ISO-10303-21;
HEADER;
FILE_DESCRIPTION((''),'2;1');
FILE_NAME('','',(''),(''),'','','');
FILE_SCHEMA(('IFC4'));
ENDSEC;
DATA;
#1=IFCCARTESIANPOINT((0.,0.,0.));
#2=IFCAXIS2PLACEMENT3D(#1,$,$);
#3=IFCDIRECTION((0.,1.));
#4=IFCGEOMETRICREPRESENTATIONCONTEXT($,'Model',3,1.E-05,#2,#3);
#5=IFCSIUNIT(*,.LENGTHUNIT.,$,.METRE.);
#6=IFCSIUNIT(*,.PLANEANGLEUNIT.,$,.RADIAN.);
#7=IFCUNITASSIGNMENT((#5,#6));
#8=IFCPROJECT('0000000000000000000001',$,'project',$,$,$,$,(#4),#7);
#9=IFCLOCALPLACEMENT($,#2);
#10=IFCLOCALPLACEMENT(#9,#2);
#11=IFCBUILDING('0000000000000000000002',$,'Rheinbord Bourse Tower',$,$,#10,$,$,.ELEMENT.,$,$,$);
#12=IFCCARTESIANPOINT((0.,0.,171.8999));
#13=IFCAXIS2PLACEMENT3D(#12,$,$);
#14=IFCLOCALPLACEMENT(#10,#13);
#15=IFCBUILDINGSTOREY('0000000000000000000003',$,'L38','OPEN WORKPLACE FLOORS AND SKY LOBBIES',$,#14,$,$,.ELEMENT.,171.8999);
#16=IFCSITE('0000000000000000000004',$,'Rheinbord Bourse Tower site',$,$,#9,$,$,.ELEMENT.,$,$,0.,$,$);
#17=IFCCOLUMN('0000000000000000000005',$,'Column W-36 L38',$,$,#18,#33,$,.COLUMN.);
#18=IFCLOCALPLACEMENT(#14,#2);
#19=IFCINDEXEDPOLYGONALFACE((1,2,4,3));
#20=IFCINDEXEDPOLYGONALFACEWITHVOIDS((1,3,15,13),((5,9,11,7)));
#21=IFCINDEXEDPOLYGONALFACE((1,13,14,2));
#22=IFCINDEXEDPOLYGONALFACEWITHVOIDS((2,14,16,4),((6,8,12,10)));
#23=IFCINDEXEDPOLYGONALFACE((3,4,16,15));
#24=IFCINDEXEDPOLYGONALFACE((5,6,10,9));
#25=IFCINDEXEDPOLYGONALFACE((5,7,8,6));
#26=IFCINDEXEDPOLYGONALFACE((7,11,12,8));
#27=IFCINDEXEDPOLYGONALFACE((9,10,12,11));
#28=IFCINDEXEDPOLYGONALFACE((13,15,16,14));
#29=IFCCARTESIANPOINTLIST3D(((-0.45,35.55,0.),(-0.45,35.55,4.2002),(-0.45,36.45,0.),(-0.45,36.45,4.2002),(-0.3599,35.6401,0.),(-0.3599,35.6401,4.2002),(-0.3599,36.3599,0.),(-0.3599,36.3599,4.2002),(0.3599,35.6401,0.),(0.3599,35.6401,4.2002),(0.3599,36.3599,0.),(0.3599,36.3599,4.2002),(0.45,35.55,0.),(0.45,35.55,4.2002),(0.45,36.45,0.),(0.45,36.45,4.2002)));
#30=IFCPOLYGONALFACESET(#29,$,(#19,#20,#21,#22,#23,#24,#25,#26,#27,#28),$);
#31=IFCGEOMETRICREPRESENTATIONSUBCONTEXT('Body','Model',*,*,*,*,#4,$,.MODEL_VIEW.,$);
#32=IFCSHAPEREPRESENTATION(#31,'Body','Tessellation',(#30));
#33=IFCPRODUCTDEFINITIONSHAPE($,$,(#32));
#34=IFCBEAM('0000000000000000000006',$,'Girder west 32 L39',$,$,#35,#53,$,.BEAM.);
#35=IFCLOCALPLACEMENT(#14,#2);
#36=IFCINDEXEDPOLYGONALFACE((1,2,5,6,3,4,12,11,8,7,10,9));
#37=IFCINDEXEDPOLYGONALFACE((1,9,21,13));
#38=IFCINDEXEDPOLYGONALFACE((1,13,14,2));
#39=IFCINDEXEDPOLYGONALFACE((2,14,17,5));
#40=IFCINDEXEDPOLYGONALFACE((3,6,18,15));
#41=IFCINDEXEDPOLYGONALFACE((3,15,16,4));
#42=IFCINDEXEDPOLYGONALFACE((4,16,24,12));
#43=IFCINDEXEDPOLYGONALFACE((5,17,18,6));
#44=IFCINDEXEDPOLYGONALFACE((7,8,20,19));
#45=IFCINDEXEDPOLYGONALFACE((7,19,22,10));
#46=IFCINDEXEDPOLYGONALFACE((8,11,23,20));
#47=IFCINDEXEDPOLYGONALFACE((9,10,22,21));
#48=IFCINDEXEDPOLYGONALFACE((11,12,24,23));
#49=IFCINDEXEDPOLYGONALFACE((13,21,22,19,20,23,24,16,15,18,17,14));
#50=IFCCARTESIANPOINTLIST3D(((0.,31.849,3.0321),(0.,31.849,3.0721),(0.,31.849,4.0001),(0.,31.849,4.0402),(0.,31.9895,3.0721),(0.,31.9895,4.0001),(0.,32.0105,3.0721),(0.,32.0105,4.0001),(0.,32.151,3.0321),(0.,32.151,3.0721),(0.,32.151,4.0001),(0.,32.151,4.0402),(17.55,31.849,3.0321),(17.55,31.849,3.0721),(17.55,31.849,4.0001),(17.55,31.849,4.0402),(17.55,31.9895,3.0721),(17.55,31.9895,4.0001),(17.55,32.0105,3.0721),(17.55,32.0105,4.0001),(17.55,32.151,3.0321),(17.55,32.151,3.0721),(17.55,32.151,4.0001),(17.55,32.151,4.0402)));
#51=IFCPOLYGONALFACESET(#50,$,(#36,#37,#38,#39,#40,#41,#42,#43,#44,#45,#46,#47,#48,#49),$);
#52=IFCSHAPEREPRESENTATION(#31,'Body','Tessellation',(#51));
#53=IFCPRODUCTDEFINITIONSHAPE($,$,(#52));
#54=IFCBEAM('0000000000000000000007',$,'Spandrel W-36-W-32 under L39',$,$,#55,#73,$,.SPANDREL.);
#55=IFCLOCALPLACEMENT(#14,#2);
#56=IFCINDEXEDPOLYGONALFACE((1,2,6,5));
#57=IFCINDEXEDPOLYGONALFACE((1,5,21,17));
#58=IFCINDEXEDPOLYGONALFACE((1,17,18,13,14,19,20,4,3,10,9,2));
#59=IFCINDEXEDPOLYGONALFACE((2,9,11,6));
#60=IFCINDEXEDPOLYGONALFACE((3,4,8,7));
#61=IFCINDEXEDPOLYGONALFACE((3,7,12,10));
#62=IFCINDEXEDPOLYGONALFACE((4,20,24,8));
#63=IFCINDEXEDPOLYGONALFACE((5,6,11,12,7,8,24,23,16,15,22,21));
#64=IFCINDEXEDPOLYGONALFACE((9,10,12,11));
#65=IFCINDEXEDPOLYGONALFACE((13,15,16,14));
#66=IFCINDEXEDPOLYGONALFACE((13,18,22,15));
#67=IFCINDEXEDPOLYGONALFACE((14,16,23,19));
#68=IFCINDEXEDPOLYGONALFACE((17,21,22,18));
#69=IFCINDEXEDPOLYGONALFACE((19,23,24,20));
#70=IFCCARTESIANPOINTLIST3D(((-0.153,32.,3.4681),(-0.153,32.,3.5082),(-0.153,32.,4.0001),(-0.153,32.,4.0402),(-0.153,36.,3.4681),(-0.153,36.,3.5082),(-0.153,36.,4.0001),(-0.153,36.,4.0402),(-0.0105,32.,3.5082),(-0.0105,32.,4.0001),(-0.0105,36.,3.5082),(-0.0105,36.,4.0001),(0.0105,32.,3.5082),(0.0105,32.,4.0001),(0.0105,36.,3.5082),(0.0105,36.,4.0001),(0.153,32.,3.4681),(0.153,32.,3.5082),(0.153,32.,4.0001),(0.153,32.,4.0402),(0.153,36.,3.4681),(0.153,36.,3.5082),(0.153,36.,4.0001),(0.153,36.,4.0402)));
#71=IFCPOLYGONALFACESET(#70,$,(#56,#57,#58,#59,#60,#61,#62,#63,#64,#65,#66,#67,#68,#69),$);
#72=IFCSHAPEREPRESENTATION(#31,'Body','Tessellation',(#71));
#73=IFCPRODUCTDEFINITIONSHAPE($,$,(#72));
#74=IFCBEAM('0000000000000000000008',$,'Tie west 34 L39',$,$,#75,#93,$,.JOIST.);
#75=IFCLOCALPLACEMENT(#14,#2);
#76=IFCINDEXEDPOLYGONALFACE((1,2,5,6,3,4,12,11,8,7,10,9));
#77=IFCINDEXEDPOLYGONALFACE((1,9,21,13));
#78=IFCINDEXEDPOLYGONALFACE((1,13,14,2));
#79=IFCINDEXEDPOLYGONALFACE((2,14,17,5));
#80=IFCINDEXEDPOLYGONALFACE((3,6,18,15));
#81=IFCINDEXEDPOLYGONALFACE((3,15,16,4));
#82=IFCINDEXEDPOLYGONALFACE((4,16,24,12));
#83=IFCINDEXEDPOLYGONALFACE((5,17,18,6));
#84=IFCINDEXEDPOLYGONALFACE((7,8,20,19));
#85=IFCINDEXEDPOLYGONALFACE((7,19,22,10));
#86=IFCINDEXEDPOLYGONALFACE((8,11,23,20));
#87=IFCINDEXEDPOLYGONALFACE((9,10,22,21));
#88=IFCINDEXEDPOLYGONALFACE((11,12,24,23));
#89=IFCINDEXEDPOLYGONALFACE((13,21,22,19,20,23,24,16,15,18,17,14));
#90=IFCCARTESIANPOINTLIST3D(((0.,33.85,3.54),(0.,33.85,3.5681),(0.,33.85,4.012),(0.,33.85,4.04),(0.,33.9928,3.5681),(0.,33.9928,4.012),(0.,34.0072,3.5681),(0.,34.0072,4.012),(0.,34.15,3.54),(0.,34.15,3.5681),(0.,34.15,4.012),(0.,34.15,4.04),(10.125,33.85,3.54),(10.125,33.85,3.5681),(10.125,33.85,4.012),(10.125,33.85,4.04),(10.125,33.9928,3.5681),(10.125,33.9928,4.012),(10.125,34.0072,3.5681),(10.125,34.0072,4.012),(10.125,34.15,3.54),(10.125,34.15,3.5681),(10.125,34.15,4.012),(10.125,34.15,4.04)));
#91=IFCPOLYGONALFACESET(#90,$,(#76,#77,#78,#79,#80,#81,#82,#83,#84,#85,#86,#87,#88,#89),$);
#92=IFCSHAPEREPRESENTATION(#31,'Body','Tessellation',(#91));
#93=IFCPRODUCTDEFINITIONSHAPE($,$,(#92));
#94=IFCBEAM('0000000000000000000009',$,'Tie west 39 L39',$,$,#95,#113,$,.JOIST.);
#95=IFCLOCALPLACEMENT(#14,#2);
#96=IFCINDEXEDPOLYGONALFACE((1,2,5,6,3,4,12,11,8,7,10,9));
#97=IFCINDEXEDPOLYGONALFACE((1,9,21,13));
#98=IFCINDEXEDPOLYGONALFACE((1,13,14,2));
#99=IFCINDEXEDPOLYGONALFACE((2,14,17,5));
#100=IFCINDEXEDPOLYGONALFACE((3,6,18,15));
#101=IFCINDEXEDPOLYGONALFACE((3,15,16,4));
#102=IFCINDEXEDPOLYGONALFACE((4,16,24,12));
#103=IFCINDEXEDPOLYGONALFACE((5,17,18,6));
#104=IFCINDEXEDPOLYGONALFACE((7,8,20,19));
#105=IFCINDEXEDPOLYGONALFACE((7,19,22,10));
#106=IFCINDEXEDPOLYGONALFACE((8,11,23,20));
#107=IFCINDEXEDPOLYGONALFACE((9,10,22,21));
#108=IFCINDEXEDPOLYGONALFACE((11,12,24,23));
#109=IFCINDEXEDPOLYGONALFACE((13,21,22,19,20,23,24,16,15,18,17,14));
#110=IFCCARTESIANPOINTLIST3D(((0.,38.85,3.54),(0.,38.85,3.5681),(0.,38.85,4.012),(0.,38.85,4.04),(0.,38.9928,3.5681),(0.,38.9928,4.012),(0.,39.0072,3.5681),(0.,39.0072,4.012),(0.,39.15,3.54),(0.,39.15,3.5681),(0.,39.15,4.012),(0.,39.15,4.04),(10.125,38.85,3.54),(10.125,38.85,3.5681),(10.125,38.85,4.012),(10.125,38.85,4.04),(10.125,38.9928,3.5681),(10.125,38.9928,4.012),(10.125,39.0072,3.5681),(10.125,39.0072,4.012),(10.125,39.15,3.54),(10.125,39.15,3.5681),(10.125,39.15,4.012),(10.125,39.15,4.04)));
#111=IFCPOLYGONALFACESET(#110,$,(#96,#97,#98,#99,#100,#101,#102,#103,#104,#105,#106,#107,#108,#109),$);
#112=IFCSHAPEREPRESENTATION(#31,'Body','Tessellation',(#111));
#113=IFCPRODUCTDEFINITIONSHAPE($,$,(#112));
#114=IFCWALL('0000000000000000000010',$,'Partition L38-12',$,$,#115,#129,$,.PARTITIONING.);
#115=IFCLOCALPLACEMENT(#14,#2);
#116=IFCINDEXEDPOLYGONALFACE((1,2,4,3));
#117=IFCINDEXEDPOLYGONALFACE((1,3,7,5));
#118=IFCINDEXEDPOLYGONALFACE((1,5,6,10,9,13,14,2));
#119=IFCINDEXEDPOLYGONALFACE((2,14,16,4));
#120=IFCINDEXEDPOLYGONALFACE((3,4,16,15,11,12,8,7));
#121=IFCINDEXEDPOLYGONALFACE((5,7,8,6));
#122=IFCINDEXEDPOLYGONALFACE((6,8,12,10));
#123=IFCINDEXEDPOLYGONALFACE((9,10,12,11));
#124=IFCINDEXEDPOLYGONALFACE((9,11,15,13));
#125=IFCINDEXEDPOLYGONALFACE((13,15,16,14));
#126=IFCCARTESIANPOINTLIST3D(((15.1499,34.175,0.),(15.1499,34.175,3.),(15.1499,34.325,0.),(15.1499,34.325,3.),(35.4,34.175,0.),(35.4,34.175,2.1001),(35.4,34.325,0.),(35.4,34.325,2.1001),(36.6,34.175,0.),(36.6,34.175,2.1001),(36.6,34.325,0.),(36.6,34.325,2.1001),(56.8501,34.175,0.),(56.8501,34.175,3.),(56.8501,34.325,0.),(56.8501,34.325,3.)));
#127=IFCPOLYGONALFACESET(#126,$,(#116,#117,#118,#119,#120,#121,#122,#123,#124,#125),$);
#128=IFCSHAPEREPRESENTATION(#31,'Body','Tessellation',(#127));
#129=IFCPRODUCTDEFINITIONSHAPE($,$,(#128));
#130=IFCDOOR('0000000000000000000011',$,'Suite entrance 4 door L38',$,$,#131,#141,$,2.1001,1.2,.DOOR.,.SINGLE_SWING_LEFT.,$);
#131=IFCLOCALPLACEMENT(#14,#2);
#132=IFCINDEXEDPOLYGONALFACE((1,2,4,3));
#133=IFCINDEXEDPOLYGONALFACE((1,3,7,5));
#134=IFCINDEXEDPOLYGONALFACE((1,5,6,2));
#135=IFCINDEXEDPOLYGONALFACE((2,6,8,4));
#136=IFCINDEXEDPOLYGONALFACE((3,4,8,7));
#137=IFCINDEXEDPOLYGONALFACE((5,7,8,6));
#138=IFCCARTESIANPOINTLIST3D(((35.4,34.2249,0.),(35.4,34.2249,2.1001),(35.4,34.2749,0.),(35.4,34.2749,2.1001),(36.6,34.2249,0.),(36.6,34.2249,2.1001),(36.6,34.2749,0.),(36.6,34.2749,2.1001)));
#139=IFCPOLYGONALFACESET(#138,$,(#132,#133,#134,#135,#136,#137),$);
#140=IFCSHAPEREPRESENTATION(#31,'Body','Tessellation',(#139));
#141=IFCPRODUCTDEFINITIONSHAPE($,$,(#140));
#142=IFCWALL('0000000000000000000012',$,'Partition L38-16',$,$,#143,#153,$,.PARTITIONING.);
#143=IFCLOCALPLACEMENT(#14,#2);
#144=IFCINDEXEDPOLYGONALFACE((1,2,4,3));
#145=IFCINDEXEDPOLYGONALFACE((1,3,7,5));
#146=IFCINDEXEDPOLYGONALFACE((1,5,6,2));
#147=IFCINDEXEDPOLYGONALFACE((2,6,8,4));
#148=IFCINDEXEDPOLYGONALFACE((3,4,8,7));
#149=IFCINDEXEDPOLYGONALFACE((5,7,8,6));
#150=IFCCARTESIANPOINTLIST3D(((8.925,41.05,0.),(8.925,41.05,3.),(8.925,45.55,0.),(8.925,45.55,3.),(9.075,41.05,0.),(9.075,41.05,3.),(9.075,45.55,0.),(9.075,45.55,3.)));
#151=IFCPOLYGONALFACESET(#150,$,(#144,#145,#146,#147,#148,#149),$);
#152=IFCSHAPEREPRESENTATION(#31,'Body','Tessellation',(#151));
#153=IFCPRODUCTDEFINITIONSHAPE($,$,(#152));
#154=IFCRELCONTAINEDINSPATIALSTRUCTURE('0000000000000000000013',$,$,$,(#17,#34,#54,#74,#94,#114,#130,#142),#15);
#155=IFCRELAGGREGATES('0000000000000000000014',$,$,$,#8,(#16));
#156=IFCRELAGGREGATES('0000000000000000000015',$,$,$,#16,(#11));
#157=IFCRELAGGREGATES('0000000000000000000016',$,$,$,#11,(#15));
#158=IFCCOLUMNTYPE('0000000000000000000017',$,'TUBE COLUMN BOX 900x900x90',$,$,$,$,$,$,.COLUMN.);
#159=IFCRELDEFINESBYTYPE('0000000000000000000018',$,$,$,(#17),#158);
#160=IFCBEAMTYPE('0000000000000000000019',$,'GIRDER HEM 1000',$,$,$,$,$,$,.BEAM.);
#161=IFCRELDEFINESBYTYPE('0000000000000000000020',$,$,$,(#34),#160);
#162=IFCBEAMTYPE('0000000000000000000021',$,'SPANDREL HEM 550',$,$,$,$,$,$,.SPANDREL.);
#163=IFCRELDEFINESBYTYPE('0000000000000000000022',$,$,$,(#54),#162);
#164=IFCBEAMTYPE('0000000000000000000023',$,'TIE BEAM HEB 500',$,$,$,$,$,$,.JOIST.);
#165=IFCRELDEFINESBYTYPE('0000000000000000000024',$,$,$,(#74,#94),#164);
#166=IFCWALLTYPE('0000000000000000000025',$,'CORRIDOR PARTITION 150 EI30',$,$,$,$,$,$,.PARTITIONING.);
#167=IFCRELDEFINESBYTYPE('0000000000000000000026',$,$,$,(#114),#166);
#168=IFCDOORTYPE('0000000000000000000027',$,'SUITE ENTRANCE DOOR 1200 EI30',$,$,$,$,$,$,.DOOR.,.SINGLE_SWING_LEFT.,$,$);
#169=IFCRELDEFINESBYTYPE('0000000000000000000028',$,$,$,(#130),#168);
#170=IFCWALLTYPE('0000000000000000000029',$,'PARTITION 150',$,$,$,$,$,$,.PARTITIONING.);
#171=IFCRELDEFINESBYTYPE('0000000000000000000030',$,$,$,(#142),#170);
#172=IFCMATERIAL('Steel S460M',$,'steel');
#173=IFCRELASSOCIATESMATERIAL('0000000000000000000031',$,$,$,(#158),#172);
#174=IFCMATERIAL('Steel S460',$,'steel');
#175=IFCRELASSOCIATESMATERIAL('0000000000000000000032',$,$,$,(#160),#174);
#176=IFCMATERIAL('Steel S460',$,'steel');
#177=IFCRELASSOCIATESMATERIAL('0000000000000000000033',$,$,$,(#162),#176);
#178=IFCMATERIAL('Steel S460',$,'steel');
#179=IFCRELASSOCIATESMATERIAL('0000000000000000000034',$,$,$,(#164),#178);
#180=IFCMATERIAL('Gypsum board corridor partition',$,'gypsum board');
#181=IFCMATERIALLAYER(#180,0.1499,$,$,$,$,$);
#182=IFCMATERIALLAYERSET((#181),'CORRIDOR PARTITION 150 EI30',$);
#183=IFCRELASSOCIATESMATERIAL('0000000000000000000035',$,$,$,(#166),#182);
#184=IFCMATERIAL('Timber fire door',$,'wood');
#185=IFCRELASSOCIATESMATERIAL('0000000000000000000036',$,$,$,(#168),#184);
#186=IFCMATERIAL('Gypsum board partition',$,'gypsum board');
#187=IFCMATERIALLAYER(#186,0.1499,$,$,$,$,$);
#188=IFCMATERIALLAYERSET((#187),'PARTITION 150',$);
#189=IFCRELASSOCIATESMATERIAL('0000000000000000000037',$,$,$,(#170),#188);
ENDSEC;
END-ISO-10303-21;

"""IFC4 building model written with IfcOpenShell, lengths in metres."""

from ifc_helpers import new_model, si_unit, direction, frame, frame_2d, origin, origin_2d, place, context, subcontext, project, spatial, rectangle, hollow_rectangle, i_section, extrude, material, layer, layer_set, material_profile, profile_set, type_object, element, fill, save


model = new_model("IFC4")

# Units and contexts
model_context = context("Model", 3, precision=1e-05, world=origin(), true_north=direction((0.0, 1.0)))
body_context = subcontext(model_context, "Body", "Model", "MODEL_VIEW")
ifc_project = project(units=[si_unit("LENGTHUNIT", "METRE"), si_unit("PLANEANGLEUNIT", "RADIAN")], contexts=[model_context])

# Site, building, storey
site_placement = place(None, origin())
site = spatial("IfcSite", under=ifc_project, at=site_placement, Name="Rheinbord Bourse Tower site", CompositionType="ELEMENT", RefElevation=0.0)
building_placement = place(site_placement, origin())
building = spatial("IfcBuilding", under=site, at=building_placement, Name="Rheinbord Bourse Tower", CompositionType="ELEMENT")
storey_placement = place(building_placement, frame((0.0, 0.0, 171.8999)))
storey = spatial("IfcBuildingStorey", under=building, at=storey_placement, Name="L38", Description="OPEN WORKPLACE FLOORS AND SKY LOBBIES", CompositionType="ELEMENT", Elevation=171.8999)

# Column
ifc_material_1 = material(Name="Steel S460M", Category="steel")
ifc_material_profile_1 = material_profile(ifc_material_1, hollow_rectangle(XDim=0.8999, YDim=0.8999, WallThickness=0.0901, at=origin_2d()), Name="BOX 900x900x90")
ifc_profile_set_1 = profile_set([ifc_material_profile_1], Name="Steel S460M")
column_type = type_object("IfcColumnType", Name="TUBE COLUMN BOX 900x900x90", PredefinedType="COLUMN", material=ifc_profile_set_1)
column_placement = place(storey_placement, frame((0.0, 36.0, 0.0), z_axis=(0.0, 0.0, 1.0), x_axis=(1.0, 0.0, 0.0)))
element("IfcColumn", 1, at=column_placement, inside=storey, type_object=column_type, Name="Column W-36 L38", PredefinedType="COLUMN", context=body_context, shape_type="SweptSolid", body=[
    extrude(hollow_rectangle(XDim=0.8999, YDim=0.8999, WallThickness=0.0901, at=origin_2d()), origin(), (0.0, 0.0, 1.0), 4.2002),
])

# Beams
ifc_material_2 = material(Name="Steel S460", Category="steel")
ifc_material_profile_2 = material_profile(ifc_material_2, i_section(OverallWidth=0.302, OverallDepth=1.0081, WebThickness=0.021, FlangeThickness=0.04, at=origin_2d()), Name="HEM 1000")
ifc_profile_set_2 = profile_set([ifc_material_profile_2], Name="Steel S460")
beam_type_1 = type_object("IfcBeamType", Name="GIRDER HEM 1000", PredefinedType="BEAM", material=ifc_profile_set_2)
beam_1_placement = place(storey_placement, frame((0.0, 32.0, 3.5361), z_axis=(1.0, 0.0, 0.0), x_axis=(0.0, 1.0, 0.0)))
element("IfcBeam", 2, at=beam_1_placement, inside=storey, type_object=beam_type_1, Name="Girder west 32 L39", PredefinedType="BEAM", context=body_context, shape_type="SweptSolid", body=[
    extrude(i_section(OverallWidth=0.302, OverallDepth=1.0081, WebThickness=0.021, FlangeThickness=0.04, at=origin_2d()), origin(), (0.0, 0.0, 1.0), 17.55),
])
ifc_material_3 = material(Name="Steel S460", Category="steel")
ifc_material_profile_3 = material_profile(ifc_material_3, i_section(OverallWidth=0.3059, OverallDepth=0.572, WebThickness=0.021, FlangeThickness=0.04, at=origin_2d()), Name="HEM 550")
ifc_profile_set_3 = profile_set([ifc_material_profile_3], Name="Steel S460")
beam_type_2 = type_object("IfcBeamType", Name="SPANDREL HEM 550", PredefinedType="SPANDREL", material=ifc_profile_set_3)
beam_2_placement = place(storey_placement, frame((0.0, 36.0, 3.7542), z_axis=(0.0, -1.0, 0.0), x_axis=(1.0, 0.0, 0.0)))
element("IfcBeam", 3, at=beam_2_placement, inside=storey, type_object=beam_type_2, Name="Spandrel W-36-W-32 under L39", PredefinedType="SPANDREL", context=body_context, shape_type="SweptSolid", body=[
    extrude(i_section(OverallWidth=0.3059, OverallDepth=0.572, WebThickness=0.021, FlangeThickness=0.04, at=origin_2d()), origin(), (0.0, 0.0, 1.0), 4.0),
])
ifc_material_4 = material(Name="Steel S460", Category="steel")
ifc_material_profile_4 = material_profile(ifc_material_4, i_section(OverallWidth=0.3, OverallDepth=0.5, WebThickness=0.0144, FlangeThickness=0.0281, at=origin_2d()), Name="HEB 500")
ifc_profile_set_4 = profile_set([ifc_material_profile_4], Name="Steel S460")
beam_type_3 = type_object("IfcBeamType", Name="TIE BEAM HEB 500", PredefinedType="JOIST", material=ifc_profile_set_4)
for number, where, z_axis, x_axis, name in (
    (4, (0.0, 34.0, 3.79), (1.0, 0.0, 0.0), (0.0, 1.0, 0.0), "Tie west 34 L39"),
    (5, (0.0, 39.0, 3.79), (1.0, 0.0, 0.0), (0.0, 1.0, 0.0), "Tie west 39 L39"),
):
    element("IfcBeam", number, at=place(storey_placement, frame(where, z_axis=z_axis, x_axis=x_axis)), inside=storey, type_object=beam_type_3, Name=name, PredefinedType="JOIST", context=body_context, shape_type="SweptSolid", body=[
        extrude(i_section(OverallWidth=0.3, OverallDepth=0.5, WebThickness=0.0144, FlangeThickness=0.0281, at=origin_2d()), origin(), (0.0, 0.0, 1.0), 10.125),
    ])

# Wall, opening, door
ifc_material_5 = material(Name="Gypsum board corridor partition", Category="gypsum board")
ifc_layer_1 = layer(ifc_material_5, 0.1499)
ifc_layer_set_1 = layer_set([ifc_layer_1], Name="CORRIDOR PARTITION 150 EI30")
wall_type_1 = type_object("IfcWallType", Name="CORRIDOR PARTITION 150 EI30", PredefinedType="PARTITIONING", material=ifc_layer_set_1)
wall_1_placement = place(storey_placement, frame((15.1499, 34.25, 0.0), z_axis=(0.0, 0.0, 1.0), x_axis=(1.0, 0.0, 0.0)))
wall_1 = element("IfcWall", 6, at=wall_1_placement, inside=storey, type_object=wall_type_1, Name="Partition L38-12", PredefinedType="PARTITIONING", context=body_context, shape_type="SweptSolid", body=[
    extrude(rectangle(XDim=41.7002, YDim=0.1499, at=frame_2d((20.8501, 0.0))), origin(), (0.0, 0.0, 1.0), 3.0),
])
opening_1_placement = place(wall_1_placement, frame((20.25, 0.0, 0.0)))
opening_1 = element("IfcOpeningElement", 7, at=opening_1_placement, cuts=wall_1, PredefinedType="OPENING", context=body_context, shape_type="SweptSolid", body=[
    extrude(rectangle(XDim=1.2, YDim=2.1001, at=frame_2d((0.6001, 1.05))), frame((0.0, 0.085, 0.0), z_axis=(0.0, -1.0, 0.0), x_axis=(1.0, 0.0, 0.0)), (0.0, 0.0, 1.0), 0.1699),
])
ifc_material_6 = material(Name="Timber fire door", Category="wood")
door_type_1 = type_object("IfcDoorType", Name="SUITE ENTRANCE DOOR 1200 EI30", OperationType="SINGLE_SWING_LEFT", PredefinedType="DOOR", material=ifc_material_6)
door_1_placement = place(opening_1_placement, origin())
door_1 = element("IfcDoor", 8, at=door_1_placement, inside=storey, type_object=door_type_1, Name="Suite entrance 4 door L38", OperationType="SINGLE_SWING_LEFT", OverallHeight=2.1001, OverallWidth=1.2, PredefinedType="DOOR", context=body_context, shape_type="SweptSolid", body=[
    extrude(rectangle(XDim=1.2, YDim=2.1001, at=frame_2d((0.6001, 1.05))), frame((0.0, 0.0249, 0.0), z_axis=(0.0, -1.0, 0.0), x_axis=(1.0, 0.0, 0.0)), (0.0, 0.0, 1.0), 0.05),
])
fill(opening_1, door_1)

# Shared definitions
ifc_material_7 = material(Name="Gypsum board partition", Category="gypsum board")
ifc_layer_2 = layer(ifc_material_7, 0.1499)
ifc_layer_set_2 = layer_set([ifc_layer_2], Name="PARTITION 150")
wall_type_2 = type_object("IfcWallType", Name="PARTITION 150", PredefinedType="PARTITIONING", material=ifc_layer_set_2)

# Wall
wall_2_placement = place(storey_placement, frame((9.0, 41.05, 0.0), z_axis=(0.0, 0.0, 1.0), x_axis=(0.0, 1.0, 0.0)))
element("IfcWall", 9, at=wall_2_placement, inside=storey, type_object=wall_type_2, Name="Partition L38-16", PredefinedType="PARTITIONING", context=body_context, shape_type="SweptSolid", body=[
    extrude(rectangle(XDim=4.5, YDim=0.1499, at=frame_2d((2.25, 0.0))), origin(), (0.0, 0.0, 1.0), 3.0),
])

save(model, "model.ifc")
